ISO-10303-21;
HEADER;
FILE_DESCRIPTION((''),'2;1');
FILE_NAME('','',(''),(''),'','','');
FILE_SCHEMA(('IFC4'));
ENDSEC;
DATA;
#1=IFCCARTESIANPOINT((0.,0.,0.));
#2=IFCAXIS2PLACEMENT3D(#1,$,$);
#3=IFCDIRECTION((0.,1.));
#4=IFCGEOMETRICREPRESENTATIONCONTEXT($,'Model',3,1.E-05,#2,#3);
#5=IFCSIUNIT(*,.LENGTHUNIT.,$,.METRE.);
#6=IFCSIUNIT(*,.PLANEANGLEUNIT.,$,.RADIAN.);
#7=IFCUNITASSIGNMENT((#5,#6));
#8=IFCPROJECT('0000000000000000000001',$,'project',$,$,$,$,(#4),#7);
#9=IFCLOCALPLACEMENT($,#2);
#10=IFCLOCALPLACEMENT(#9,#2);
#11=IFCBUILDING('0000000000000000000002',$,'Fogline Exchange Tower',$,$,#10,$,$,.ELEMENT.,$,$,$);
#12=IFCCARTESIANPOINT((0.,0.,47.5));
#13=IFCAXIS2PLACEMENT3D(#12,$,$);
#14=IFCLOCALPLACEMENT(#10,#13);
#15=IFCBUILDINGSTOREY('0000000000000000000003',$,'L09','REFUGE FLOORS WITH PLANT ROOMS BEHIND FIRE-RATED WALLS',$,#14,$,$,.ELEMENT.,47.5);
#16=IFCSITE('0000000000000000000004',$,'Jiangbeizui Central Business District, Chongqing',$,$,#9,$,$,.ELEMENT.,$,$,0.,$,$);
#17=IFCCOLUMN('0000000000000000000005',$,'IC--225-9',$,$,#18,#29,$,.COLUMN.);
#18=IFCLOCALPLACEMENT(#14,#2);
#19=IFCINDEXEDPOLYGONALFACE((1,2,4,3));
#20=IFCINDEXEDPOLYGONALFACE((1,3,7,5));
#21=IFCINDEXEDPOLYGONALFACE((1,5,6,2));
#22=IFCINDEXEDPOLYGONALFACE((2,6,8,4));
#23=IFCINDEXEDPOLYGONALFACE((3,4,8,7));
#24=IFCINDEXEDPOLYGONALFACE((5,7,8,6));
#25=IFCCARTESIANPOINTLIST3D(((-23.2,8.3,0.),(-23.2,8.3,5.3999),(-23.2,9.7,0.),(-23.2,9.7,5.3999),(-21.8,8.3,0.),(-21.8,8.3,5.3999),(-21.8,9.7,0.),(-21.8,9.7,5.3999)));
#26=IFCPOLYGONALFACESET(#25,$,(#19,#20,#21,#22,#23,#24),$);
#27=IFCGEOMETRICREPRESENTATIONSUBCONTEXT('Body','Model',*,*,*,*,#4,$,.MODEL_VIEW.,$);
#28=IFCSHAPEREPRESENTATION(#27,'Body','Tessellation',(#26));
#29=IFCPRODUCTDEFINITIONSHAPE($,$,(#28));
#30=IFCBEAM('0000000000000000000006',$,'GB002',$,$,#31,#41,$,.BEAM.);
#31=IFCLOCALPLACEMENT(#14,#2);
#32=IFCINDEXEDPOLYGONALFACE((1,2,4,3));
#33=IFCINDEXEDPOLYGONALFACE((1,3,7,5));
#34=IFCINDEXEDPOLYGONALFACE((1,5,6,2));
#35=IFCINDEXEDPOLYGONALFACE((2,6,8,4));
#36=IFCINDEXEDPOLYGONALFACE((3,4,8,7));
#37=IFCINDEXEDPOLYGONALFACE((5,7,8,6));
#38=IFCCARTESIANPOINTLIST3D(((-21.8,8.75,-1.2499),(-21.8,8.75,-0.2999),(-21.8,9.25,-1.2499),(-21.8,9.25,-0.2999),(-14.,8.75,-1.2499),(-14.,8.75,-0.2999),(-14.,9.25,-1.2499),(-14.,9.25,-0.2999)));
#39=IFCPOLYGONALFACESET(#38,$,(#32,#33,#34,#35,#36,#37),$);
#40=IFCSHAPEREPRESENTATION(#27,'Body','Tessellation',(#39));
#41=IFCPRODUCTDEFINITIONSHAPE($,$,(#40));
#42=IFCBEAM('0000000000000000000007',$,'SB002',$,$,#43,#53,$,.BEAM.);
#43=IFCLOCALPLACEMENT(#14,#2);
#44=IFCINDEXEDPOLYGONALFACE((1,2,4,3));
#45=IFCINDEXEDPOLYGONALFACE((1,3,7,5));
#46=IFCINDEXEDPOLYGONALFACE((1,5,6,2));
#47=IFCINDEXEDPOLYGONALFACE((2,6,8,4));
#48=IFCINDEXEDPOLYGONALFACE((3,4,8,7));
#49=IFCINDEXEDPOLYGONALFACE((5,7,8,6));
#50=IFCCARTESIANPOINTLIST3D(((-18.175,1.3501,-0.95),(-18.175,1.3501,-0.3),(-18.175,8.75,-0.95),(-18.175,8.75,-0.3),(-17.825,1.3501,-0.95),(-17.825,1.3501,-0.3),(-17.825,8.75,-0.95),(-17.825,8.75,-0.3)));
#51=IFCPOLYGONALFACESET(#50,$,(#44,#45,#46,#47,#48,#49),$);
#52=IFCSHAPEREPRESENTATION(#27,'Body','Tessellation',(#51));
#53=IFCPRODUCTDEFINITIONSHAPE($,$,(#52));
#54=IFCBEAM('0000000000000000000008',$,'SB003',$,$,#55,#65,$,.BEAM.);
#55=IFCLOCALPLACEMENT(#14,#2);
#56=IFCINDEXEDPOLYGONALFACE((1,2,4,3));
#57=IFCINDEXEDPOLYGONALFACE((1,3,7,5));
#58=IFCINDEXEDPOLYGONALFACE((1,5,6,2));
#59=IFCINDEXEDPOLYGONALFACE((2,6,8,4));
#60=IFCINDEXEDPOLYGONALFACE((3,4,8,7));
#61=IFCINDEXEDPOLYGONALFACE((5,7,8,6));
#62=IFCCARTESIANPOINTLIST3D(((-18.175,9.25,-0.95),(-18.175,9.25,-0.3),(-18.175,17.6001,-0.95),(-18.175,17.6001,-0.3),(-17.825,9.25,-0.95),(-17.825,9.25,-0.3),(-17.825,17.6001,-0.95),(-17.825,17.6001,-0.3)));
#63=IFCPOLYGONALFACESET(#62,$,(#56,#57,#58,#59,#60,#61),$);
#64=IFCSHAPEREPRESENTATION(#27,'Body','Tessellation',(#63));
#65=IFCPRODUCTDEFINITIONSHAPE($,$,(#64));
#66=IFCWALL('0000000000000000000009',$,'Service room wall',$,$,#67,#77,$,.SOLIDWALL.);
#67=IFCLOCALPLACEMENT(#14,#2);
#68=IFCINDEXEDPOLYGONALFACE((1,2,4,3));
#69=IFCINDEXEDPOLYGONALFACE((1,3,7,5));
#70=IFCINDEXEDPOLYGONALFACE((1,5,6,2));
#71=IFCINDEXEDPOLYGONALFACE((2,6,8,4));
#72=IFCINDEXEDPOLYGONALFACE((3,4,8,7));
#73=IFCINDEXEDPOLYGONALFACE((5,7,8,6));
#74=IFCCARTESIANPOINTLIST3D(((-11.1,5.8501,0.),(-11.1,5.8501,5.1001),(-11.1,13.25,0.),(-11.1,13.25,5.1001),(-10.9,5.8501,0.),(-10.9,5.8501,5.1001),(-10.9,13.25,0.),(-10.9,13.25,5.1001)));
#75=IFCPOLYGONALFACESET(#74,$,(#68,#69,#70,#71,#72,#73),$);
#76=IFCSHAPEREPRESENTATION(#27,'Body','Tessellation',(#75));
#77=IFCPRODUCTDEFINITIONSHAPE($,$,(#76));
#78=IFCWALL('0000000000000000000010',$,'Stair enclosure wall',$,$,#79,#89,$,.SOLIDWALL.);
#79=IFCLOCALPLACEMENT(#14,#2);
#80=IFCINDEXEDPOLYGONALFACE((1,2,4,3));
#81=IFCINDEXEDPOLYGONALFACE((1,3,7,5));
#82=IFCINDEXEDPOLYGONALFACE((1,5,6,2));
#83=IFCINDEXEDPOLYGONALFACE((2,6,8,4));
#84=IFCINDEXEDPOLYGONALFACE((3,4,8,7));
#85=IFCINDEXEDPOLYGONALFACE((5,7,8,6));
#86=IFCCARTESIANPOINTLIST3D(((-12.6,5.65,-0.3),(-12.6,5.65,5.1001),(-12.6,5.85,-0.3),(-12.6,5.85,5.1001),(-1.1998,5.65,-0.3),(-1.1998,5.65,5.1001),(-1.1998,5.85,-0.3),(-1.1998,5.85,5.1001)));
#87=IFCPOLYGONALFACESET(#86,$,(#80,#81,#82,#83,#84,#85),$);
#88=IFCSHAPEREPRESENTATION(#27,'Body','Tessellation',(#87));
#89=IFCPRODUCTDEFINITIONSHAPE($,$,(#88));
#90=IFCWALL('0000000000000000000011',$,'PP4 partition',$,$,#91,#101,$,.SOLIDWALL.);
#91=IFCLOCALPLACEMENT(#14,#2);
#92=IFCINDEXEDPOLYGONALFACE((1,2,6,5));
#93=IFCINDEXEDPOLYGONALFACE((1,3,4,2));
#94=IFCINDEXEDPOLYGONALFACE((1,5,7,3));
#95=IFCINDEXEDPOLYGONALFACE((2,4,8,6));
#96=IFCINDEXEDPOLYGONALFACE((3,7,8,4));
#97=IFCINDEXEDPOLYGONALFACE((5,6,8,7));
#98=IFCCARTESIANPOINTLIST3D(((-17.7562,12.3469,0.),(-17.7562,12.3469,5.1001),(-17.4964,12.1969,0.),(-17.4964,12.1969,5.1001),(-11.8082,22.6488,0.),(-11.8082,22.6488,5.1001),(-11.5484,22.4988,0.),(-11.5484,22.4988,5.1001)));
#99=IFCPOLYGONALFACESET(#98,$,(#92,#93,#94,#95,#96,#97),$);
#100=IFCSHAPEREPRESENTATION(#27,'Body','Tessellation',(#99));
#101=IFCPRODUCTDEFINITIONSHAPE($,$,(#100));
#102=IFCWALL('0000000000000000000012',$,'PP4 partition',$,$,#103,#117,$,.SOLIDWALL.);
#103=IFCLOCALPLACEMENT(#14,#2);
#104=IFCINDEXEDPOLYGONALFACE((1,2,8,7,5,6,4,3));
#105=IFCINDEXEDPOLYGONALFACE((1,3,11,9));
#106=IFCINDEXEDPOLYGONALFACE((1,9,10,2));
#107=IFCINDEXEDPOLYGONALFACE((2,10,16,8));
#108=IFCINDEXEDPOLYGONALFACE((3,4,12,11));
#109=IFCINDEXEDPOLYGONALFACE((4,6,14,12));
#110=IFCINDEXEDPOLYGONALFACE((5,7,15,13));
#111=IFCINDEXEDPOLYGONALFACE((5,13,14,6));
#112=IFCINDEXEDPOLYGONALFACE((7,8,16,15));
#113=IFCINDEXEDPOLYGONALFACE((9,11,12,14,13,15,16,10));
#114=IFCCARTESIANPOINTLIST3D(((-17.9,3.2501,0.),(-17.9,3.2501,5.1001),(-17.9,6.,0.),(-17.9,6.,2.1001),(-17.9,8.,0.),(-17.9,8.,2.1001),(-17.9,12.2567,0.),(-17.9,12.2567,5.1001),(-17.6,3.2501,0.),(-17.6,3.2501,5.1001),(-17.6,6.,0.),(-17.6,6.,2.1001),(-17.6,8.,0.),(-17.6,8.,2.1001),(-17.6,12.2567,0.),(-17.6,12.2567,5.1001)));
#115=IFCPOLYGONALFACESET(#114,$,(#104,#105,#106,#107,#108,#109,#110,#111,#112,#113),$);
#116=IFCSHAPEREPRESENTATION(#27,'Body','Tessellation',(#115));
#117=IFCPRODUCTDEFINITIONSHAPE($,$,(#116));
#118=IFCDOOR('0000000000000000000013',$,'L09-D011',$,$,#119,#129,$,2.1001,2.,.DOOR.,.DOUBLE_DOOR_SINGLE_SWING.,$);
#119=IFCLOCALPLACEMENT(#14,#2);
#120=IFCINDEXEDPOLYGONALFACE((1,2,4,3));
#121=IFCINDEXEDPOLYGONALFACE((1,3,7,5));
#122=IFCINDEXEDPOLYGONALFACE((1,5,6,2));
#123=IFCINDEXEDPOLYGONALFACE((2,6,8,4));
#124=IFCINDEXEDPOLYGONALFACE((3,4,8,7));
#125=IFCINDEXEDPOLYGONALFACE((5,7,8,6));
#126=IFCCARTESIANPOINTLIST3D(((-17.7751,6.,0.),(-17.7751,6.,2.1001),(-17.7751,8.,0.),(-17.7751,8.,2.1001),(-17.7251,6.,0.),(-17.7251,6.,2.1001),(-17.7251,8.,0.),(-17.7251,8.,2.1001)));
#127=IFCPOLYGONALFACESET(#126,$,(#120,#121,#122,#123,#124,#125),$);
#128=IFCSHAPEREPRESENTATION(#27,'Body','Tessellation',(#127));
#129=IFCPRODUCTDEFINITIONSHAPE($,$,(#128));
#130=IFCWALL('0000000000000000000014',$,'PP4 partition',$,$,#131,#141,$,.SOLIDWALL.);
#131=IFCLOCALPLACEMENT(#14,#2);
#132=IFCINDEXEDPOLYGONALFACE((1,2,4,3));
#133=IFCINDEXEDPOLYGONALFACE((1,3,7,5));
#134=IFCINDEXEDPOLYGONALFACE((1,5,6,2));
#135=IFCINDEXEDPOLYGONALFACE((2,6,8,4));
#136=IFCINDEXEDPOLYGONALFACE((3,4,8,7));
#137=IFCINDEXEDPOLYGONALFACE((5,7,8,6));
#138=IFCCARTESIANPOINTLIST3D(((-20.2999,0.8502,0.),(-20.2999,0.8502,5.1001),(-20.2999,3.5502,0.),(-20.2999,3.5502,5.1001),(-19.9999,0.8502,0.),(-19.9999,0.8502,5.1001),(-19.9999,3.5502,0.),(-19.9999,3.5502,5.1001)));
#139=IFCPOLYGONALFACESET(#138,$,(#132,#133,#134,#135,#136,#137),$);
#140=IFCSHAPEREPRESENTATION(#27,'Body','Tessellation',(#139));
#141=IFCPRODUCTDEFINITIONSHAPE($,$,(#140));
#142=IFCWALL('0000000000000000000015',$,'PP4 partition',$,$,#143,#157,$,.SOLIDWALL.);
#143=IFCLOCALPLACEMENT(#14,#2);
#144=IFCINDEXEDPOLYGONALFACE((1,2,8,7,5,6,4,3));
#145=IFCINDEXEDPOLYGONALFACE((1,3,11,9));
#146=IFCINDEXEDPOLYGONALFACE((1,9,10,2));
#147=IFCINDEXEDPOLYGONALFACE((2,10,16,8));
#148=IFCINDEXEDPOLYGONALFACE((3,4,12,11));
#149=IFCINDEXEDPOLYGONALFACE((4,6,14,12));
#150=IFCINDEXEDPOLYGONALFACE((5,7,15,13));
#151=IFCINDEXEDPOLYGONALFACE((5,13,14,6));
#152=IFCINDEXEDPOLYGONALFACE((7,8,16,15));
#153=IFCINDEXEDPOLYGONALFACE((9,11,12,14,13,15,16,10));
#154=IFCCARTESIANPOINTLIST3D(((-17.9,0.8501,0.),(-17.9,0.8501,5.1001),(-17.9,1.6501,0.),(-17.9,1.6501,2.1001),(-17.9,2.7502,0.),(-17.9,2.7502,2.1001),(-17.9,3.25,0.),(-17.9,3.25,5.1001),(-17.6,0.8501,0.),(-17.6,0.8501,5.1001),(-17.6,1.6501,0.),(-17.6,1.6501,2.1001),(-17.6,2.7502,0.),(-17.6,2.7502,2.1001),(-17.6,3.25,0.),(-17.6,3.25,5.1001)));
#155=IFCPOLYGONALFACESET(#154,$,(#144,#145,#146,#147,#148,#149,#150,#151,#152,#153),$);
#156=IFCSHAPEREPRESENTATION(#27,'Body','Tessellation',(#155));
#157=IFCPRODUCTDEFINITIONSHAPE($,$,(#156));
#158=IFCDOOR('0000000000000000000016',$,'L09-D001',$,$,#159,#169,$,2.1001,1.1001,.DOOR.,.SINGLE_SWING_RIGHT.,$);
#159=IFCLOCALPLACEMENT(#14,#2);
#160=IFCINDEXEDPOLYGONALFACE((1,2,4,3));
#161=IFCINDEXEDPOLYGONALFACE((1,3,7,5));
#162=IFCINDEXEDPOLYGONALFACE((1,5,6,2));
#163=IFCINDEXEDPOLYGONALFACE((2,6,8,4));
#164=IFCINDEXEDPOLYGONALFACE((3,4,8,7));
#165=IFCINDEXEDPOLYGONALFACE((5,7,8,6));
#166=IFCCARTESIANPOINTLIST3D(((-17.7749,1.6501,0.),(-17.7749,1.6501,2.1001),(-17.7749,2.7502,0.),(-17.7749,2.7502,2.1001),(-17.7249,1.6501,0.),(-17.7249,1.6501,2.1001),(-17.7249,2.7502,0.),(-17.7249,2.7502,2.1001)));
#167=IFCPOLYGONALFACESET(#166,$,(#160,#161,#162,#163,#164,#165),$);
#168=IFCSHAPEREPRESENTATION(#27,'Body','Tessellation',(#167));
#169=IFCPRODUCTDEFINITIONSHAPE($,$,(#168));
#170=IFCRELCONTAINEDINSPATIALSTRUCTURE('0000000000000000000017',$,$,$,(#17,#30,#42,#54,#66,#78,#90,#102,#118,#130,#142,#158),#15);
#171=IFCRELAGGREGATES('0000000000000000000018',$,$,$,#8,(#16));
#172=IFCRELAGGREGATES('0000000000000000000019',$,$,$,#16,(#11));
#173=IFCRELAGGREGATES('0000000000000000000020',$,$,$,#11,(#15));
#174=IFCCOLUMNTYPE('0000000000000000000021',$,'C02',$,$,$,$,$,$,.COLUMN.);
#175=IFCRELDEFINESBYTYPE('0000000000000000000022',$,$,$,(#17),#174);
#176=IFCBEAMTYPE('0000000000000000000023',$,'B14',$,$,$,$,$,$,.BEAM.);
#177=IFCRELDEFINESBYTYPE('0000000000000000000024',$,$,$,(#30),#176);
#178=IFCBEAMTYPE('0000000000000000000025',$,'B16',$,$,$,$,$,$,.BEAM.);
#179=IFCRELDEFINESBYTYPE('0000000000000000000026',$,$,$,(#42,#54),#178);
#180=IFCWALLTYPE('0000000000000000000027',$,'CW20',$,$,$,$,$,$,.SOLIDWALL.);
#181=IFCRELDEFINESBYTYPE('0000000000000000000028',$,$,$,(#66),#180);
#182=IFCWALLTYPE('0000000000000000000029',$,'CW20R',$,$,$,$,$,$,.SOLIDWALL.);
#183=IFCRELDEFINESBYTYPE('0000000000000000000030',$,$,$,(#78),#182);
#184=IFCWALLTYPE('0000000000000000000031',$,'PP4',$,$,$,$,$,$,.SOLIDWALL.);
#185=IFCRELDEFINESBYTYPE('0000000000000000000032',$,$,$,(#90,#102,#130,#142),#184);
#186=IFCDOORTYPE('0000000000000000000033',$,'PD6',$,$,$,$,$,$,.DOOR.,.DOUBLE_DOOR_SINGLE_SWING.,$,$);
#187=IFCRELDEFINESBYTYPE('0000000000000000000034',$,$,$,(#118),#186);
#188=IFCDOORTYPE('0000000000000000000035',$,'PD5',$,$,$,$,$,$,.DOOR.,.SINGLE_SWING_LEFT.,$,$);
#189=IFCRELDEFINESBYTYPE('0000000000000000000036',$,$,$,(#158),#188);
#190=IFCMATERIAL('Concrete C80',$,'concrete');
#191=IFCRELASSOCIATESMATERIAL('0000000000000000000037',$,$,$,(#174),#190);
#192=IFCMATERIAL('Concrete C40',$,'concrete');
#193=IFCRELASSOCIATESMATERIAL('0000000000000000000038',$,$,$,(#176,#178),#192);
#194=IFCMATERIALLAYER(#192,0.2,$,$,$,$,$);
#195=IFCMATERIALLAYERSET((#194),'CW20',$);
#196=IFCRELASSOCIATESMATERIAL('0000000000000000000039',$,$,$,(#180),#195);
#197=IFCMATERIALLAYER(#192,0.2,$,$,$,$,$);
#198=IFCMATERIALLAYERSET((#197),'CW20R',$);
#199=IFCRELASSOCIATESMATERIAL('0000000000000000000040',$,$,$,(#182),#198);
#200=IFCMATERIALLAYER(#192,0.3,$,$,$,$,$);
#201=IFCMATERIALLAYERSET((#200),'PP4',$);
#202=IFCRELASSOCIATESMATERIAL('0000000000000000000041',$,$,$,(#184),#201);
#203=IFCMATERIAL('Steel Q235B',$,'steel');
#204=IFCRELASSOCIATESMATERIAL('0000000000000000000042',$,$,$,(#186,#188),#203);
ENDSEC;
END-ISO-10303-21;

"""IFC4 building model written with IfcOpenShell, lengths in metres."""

from ifc_helpers import new_model, si_unit, direction, frame, frame_2d, origin, origin_2d, place, context, subcontext, project, spatial, rectangle, extrude, material, layer, layer_set, material_profile, profile_set, type_object, element, fill, save


model = new_model("IFC4")

# Units and contexts
model_context = context("Model", 3, precision=1e-05, world=origin(), true_north=direction((0.0, 1.0)))
body_context = subcontext(model_context, "Body", "Model", "MODEL_VIEW")
ifc_project = project(units=[si_unit("LENGTHUNIT", "METRE"), si_unit("PLANEANGLEUNIT", "RADIAN")], contexts=[model_context])

# Site, building, storey
site_placement = place(None, origin())
site = spatial("IfcSite", under=ifc_project, at=site_placement, Name="Jiangbeizui Central Business District, Chongqing", CompositionType="ELEMENT", RefElevation=0.0)
building_placement = place(site_placement, origin())
building = spatial("IfcBuilding", under=site, at=building_placement, Name="Fogline Exchange Tower", CompositionType="ELEMENT")
storey_placement = place(building_placement, frame((0.0, 0.0, 47.5)))
storey = spatial("IfcBuildingStorey", under=building, at=storey_placement, Name="L09", Description="REFUGE FLOORS WITH PLANT ROOMS BEHIND FIRE-RATED WALLS", CompositionType="ELEMENT", Elevation=47.5)

# Column
ifc_material_1 = material(Name="Concrete C80", Category="concrete")
ifc_material_profile_1 = material_profile(ifc_material_1, rectangle(XDim=1.3999, YDim=1.3999, at=origin_2d()), Name="RC 1400x1400")
ifc_profile_set_1 = profile_set([ifc_material_profile_1], Name="Concrete C80")
column_type = type_object("IfcColumnType", Name="C02", PredefinedType="COLUMN", material=ifc_profile_set_1)
column_placement = place(storey_placement, frame((-22.5, 9.0, 0.0), z_axis=(0.0, 0.0, 1.0), x_axis=(1.0, 0.0, 0.0)))
element("IfcColumn", 1, at=column_placement, inside=storey, type_object=column_type, Name="IC--225-9", PredefinedType="COLUMN", context=body_context, shape_type="SweptSolid", body=[
    extrude(rectangle(XDim=1.3999, YDim=1.3999, at=origin_2d()), origin(), (0.0, 0.0, 1.0), 5.3999),
])

# Beams
ifc_material_2 = material(Name="Concrete C40", Category="concrete")
ifc_material_profile_2 = material_profile(ifc_material_2, rectangle(XDim=0.5, YDim=0.95, at=origin_2d()), Name="RC 500x950")
ifc_profile_set_2 = profile_set([ifc_material_profile_2], Name="Concrete C40")
beam_type_1 = type_object("IfcBeamType", Name="B14", PredefinedType="BEAM", material=ifc_profile_set_2)
beam_1_placement = place(storey_placement, frame((-21.8, 9.0, -0.7749), z_axis=(1.0, 0.0, 0.0), x_axis=(0.0, 1.0, 0.0)))
element("IfcBeam", 2, at=beam_1_placement, inside=storey, type_object=beam_type_1, Name="GB002", PredefinedType="BEAM", context=body_context, shape_type="SweptSolid", body=[
    extrude(rectangle(XDim=0.5, YDim=0.95, at=origin_2d()), origin(), (0.0, 0.0, 1.0), 7.8),
])
ifc_material_profile_3 = material_profile(ifc_material_2, rectangle(XDim=0.3501, YDim=0.6499, at=origin_2d()), Name="RC 350x650")
ifc_profile_set_3 = profile_set([ifc_material_profile_3], Name="Concrete C40")
beam_type_2 = type_object("IfcBeamType", Name="B16", PredefinedType="BEAM", material=ifc_profile_set_3)
beam_2_placement = place(storey_placement, frame((-18.0, 1.3501, -0.625), z_axis=(0.0, 1.0, 0.0), x_axis=(-1.0, 0.0, 0.0)))
element("IfcBeam", 3, at=beam_2_placement, inside=storey, type_object=beam_type_2, Name="SB002", PredefinedType="BEAM", context=body_context, shape_type="SweptSolid", body=[
    extrude(rectangle(XDim=0.3501, YDim=0.6499, at=origin_2d()), origin(), (0.0, 0.0, 1.0), 7.3999),
])
beam_3_placement = place(storey_placement, frame((-18.0, 9.25, -0.625), z_axis=(0.0, 1.0, 0.0), x_axis=(-1.0, 0.0, 0.0)))
element("IfcBeam", 4, at=beam_3_placement, inside=storey, type_object=beam_type_2, Name="SB003", PredefinedType="BEAM", context=body_context, shape_type="SweptSolid", body=[
    extrude(rectangle(XDim=0.3501, YDim=0.6499, at=origin_2d()), origin(), (0.0, 0.0, 1.0), 8.3501),
])

# Walls
ifc_layer_1 = layer(ifc_material_2, 0.2)
ifc_layer_set_1 = layer_set([ifc_layer_1], Name="CW20")
wall_type_1 = type_object("IfcWallType", Name="CW20", PredefinedType="SOLIDWALL", material=ifc_layer_set_1)
wall_1_placement = place(storey_placement, frame((-11.0, 5.8501, 0.0), z_axis=(0.0, 0.0, 1.0), x_axis=(0.0, 1.0, 0.0)))
element("IfcWall", 5, at=wall_1_placement, inside=storey, type_object=wall_type_1, Name="Service room wall", PredefinedType="SOLIDWALL", context=body_context, shape_type="SweptSolid", body=[
    extrude(rectangle(XDim=7.3999, YDim=0.2, at=frame_2d((3.7, 0.0))), origin(), (0.0, 0.0, 1.0), 5.1001),
])
ifc_layer_2 = layer(ifc_material_2, 0.2)
ifc_layer_set_2 = layer_set([ifc_layer_2], Name="CW20R")
wall_type_2 = type_object("IfcWallType", Name="CW20R", PredefinedType="SOLIDWALL", material=ifc_layer_set_2)
wall_2_placement = place(storey_placement, frame((-12.6001, 5.75, -0.3), z_axis=(0.0, 0.0, 1.0), x_axis=(1.0, 0.0, 0.0)))
element("IfcWall", 6, at=wall_2_placement, inside=storey, type_object=wall_type_2, Name="Stair enclosure wall", PredefinedType="SOLIDWALL", context=body_context, shape_type="SweptSolid", body=[
    extrude(rectangle(XDim=11.4001, YDim=0.2, at=frame_2d((5.7002, 0.0))), origin(), (0.0, 0.0, 1.0), 5.4001),
])
ifc_layer_3 = layer(ifc_material_2, 0.3)
ifc_layer_set_3 = layer_set([ifc_layer_3], Name="PP4")
wall_type_3 = type_object("IfcWallType", Name="PP4", PredefinedType="SOLIDWALL", material=ifc_layer_set_3)
wall_3_placement = place(storey_placement, frame((-17.6262, 12.272, 0.0), z_axis=(0.0, 0.0, 1.0), x_axis=(0.500008, 0.866021, 0.0)))
element("IfcWall", 7, at=wall_3_placement, inside=storey, type_object=wall_type_3, Name="PP4 partition", PredefinedType="SOLIDWALL", context=body_context, shape_type="SweptSolid", body=[
    extrude(rectangle(XDim=11.8958, YDim=0.3, at=frame_2d((5.9478, 0.0))), origin(), (0.0, 0.0, 1.0), 5.1001),
])

# Wall, opening, door
wall_4_placement = place(storey_placement, frame((-17.75, 3.25, 0.0), z_axis=(0.0, 0.0, 1.0), x_axis=(0.0, 1.0, 0.0)))
wall_4 = element("IfcWall", 8, at=wall_4_placement, inside=storey, type_object=wall_type_3, Name="PP4 partition", PredefinedType="SOLIDWALL", context=body_context, shape_type="SweptSolid", body=[
    extrude(rectangle(XDim=9.0066, YDim=0.3, at=frame_2d((4.5034, 0.0))), origin(), (0.0, 0.0, 1.0), 5.1001),
])
opening_1_placement = place(wall_4_placement, frame((2.75, 0.0, 0.0)))
opening_1 = element("IfcOpeningElement", 9, at=opening_1_placement, cuts=wall_4, PredefinedType="OPENING", context=body_context, shape_type="SweptSolid", body=[
    extrude(rectangle(XDim=2.0, YDim=2.1001, at=frame_2d((1.0, 1.05))), frame((0.0, 0.1602, 0.0), z_axis=(0.0, -1.0, 0.0), x_axis=(1.0, 0.0, 0.0)), (0.0, 0.0, 1.0), 0.3201),
])
ifc_material_3 = material(Name="Steel Q235B", Category="steel")
door_type_1 = type_object("IfcDoorType", Name="PD6", OperationType="DOUBLE_DOOR_SINGLE_SWING", PredefinedType="DOOR", material=ifc_material_3)
door_1_placement = place(opening_1_placement, frame((2.0, 0.0, 0.0), z_axis=(0.0, 0.0, 1.0), x_axis=(-1.0, 0.0, 0.0)))
door_1 = element("IfcDoor", 10, at=door_1_placement, inside=storey, type_object=door_type_1, Name="L09-D011", OperationType="DOUBLE_DOOR_SINGLE_SWING", OverallHeight=2.1001, OverallWidth=2.0, PredefinedType="DOOR", context=body_context, shape_type="SweptSolid", body=[
    extrude(rectangle(XDim=2.0, YDim=2.1001, at=frame_2d((1.0, 1.05))), frame((0.0, 0.0249, 0.0), z_axis=(0.0, -1.0, 0.0), x_axis=(1.0, 0.0, 0.0)), (0.0, 0.0, 1.0), 0.05),
])
fill(opening_1, door_1)

# Wall
wall_5_placement = place(storey_placement, frame((-20.1499, 0.8501, 0.0), z_axis=(0.0, 0.0, 1.0), x_axis=(0.0, 1.0, 0.0)))
element("IfcWall", 11, at=wall_5_placement, inside=storey, type_object=wall_type_3, Name="PP4 partition", PredefinedType="SOLIDWALL", context=body_context, shape_type="SweptSolid", body=[
    extrude(rectangle(XDim=2.7, YDim=0.3, at=frame_2d((1.3501, 0.0))), origin(), (0.0, 0.0, 1.0), 5.1001),
])

# Wall, opening, door
wall_6_placement = place(storey_placement, frame((-17.75, 0.8501, 0.0), z_axis=(0.0, 0.0, 1.0), x_axis=(0.0, 1.0, 0.0)))
wall_6 = element("IfcWall", 12, at=wall_6_placement, inside=storey, type_object=wall_type_3, Name="PP4 partition", PredefinedType="SOLIDWALL", context=body_context, shape_type="SweptSolid", body=[
    extrude(rectangle(XDim=2.3999, YDim=0.3, at=frame_2d((1.2, 0.0))), origin(), (0.0, 0.0, 1.0), 5.1001),
])
opening_2_placement = place(wall_6_placement, frame((0.8, 0.0, 0.0)))
opening_2 = element("IfcOpeningElement", 13, at=opening_2_placement, cuts=wall_6, PredefinedType="OPENING", context=body_context, shape_type="SweptSolid", body=[
    extrude(rectangle(XDim=1.1001, YDim=2.1001, at=frame_2d((0.55, 1.05))), frame((0.0, 0.1602, 0.0), z_axis=(0.0, -1.0, 0.0), x_axis=(1.0, 0.0, 0.0)), (0.0, 0.0, 1.0), 0.3201),
])
door_type_2 = type_object("IfcDoorType", Name="PD5", OperationType="SINGLE_SWING_LEFT", PredefinedType="DOOR", material=ifc_material_3)
door_2_placement = place(opening_2_placement, origin())
door_2 = element("IfcDoor", 14, at=door_2_placement, inside=storey, type_object=door_type_2, Name="L09-D001", OperationType="SINGLE_SWING_RIGHT", OverallHeight=2.1001, OverallWidth=1.1001, PredefinedType="DOOR", context=body_context, shape_type="SweptSolid", body=[
    extrude(rectangle(XDim=1.1001, YDim=2.1001, at=frame_2d((0.55, 1.05))), frame((0.0, 0.0249, 0.0), z_axis=(0.0, -1.0, 0.0), x_axis=(1.0, 0.0, 0.0)), (0.0, 0.0, 1.0), 0.05),
])
fill(opening_2, door_2)

save(model, "model.ifc")
